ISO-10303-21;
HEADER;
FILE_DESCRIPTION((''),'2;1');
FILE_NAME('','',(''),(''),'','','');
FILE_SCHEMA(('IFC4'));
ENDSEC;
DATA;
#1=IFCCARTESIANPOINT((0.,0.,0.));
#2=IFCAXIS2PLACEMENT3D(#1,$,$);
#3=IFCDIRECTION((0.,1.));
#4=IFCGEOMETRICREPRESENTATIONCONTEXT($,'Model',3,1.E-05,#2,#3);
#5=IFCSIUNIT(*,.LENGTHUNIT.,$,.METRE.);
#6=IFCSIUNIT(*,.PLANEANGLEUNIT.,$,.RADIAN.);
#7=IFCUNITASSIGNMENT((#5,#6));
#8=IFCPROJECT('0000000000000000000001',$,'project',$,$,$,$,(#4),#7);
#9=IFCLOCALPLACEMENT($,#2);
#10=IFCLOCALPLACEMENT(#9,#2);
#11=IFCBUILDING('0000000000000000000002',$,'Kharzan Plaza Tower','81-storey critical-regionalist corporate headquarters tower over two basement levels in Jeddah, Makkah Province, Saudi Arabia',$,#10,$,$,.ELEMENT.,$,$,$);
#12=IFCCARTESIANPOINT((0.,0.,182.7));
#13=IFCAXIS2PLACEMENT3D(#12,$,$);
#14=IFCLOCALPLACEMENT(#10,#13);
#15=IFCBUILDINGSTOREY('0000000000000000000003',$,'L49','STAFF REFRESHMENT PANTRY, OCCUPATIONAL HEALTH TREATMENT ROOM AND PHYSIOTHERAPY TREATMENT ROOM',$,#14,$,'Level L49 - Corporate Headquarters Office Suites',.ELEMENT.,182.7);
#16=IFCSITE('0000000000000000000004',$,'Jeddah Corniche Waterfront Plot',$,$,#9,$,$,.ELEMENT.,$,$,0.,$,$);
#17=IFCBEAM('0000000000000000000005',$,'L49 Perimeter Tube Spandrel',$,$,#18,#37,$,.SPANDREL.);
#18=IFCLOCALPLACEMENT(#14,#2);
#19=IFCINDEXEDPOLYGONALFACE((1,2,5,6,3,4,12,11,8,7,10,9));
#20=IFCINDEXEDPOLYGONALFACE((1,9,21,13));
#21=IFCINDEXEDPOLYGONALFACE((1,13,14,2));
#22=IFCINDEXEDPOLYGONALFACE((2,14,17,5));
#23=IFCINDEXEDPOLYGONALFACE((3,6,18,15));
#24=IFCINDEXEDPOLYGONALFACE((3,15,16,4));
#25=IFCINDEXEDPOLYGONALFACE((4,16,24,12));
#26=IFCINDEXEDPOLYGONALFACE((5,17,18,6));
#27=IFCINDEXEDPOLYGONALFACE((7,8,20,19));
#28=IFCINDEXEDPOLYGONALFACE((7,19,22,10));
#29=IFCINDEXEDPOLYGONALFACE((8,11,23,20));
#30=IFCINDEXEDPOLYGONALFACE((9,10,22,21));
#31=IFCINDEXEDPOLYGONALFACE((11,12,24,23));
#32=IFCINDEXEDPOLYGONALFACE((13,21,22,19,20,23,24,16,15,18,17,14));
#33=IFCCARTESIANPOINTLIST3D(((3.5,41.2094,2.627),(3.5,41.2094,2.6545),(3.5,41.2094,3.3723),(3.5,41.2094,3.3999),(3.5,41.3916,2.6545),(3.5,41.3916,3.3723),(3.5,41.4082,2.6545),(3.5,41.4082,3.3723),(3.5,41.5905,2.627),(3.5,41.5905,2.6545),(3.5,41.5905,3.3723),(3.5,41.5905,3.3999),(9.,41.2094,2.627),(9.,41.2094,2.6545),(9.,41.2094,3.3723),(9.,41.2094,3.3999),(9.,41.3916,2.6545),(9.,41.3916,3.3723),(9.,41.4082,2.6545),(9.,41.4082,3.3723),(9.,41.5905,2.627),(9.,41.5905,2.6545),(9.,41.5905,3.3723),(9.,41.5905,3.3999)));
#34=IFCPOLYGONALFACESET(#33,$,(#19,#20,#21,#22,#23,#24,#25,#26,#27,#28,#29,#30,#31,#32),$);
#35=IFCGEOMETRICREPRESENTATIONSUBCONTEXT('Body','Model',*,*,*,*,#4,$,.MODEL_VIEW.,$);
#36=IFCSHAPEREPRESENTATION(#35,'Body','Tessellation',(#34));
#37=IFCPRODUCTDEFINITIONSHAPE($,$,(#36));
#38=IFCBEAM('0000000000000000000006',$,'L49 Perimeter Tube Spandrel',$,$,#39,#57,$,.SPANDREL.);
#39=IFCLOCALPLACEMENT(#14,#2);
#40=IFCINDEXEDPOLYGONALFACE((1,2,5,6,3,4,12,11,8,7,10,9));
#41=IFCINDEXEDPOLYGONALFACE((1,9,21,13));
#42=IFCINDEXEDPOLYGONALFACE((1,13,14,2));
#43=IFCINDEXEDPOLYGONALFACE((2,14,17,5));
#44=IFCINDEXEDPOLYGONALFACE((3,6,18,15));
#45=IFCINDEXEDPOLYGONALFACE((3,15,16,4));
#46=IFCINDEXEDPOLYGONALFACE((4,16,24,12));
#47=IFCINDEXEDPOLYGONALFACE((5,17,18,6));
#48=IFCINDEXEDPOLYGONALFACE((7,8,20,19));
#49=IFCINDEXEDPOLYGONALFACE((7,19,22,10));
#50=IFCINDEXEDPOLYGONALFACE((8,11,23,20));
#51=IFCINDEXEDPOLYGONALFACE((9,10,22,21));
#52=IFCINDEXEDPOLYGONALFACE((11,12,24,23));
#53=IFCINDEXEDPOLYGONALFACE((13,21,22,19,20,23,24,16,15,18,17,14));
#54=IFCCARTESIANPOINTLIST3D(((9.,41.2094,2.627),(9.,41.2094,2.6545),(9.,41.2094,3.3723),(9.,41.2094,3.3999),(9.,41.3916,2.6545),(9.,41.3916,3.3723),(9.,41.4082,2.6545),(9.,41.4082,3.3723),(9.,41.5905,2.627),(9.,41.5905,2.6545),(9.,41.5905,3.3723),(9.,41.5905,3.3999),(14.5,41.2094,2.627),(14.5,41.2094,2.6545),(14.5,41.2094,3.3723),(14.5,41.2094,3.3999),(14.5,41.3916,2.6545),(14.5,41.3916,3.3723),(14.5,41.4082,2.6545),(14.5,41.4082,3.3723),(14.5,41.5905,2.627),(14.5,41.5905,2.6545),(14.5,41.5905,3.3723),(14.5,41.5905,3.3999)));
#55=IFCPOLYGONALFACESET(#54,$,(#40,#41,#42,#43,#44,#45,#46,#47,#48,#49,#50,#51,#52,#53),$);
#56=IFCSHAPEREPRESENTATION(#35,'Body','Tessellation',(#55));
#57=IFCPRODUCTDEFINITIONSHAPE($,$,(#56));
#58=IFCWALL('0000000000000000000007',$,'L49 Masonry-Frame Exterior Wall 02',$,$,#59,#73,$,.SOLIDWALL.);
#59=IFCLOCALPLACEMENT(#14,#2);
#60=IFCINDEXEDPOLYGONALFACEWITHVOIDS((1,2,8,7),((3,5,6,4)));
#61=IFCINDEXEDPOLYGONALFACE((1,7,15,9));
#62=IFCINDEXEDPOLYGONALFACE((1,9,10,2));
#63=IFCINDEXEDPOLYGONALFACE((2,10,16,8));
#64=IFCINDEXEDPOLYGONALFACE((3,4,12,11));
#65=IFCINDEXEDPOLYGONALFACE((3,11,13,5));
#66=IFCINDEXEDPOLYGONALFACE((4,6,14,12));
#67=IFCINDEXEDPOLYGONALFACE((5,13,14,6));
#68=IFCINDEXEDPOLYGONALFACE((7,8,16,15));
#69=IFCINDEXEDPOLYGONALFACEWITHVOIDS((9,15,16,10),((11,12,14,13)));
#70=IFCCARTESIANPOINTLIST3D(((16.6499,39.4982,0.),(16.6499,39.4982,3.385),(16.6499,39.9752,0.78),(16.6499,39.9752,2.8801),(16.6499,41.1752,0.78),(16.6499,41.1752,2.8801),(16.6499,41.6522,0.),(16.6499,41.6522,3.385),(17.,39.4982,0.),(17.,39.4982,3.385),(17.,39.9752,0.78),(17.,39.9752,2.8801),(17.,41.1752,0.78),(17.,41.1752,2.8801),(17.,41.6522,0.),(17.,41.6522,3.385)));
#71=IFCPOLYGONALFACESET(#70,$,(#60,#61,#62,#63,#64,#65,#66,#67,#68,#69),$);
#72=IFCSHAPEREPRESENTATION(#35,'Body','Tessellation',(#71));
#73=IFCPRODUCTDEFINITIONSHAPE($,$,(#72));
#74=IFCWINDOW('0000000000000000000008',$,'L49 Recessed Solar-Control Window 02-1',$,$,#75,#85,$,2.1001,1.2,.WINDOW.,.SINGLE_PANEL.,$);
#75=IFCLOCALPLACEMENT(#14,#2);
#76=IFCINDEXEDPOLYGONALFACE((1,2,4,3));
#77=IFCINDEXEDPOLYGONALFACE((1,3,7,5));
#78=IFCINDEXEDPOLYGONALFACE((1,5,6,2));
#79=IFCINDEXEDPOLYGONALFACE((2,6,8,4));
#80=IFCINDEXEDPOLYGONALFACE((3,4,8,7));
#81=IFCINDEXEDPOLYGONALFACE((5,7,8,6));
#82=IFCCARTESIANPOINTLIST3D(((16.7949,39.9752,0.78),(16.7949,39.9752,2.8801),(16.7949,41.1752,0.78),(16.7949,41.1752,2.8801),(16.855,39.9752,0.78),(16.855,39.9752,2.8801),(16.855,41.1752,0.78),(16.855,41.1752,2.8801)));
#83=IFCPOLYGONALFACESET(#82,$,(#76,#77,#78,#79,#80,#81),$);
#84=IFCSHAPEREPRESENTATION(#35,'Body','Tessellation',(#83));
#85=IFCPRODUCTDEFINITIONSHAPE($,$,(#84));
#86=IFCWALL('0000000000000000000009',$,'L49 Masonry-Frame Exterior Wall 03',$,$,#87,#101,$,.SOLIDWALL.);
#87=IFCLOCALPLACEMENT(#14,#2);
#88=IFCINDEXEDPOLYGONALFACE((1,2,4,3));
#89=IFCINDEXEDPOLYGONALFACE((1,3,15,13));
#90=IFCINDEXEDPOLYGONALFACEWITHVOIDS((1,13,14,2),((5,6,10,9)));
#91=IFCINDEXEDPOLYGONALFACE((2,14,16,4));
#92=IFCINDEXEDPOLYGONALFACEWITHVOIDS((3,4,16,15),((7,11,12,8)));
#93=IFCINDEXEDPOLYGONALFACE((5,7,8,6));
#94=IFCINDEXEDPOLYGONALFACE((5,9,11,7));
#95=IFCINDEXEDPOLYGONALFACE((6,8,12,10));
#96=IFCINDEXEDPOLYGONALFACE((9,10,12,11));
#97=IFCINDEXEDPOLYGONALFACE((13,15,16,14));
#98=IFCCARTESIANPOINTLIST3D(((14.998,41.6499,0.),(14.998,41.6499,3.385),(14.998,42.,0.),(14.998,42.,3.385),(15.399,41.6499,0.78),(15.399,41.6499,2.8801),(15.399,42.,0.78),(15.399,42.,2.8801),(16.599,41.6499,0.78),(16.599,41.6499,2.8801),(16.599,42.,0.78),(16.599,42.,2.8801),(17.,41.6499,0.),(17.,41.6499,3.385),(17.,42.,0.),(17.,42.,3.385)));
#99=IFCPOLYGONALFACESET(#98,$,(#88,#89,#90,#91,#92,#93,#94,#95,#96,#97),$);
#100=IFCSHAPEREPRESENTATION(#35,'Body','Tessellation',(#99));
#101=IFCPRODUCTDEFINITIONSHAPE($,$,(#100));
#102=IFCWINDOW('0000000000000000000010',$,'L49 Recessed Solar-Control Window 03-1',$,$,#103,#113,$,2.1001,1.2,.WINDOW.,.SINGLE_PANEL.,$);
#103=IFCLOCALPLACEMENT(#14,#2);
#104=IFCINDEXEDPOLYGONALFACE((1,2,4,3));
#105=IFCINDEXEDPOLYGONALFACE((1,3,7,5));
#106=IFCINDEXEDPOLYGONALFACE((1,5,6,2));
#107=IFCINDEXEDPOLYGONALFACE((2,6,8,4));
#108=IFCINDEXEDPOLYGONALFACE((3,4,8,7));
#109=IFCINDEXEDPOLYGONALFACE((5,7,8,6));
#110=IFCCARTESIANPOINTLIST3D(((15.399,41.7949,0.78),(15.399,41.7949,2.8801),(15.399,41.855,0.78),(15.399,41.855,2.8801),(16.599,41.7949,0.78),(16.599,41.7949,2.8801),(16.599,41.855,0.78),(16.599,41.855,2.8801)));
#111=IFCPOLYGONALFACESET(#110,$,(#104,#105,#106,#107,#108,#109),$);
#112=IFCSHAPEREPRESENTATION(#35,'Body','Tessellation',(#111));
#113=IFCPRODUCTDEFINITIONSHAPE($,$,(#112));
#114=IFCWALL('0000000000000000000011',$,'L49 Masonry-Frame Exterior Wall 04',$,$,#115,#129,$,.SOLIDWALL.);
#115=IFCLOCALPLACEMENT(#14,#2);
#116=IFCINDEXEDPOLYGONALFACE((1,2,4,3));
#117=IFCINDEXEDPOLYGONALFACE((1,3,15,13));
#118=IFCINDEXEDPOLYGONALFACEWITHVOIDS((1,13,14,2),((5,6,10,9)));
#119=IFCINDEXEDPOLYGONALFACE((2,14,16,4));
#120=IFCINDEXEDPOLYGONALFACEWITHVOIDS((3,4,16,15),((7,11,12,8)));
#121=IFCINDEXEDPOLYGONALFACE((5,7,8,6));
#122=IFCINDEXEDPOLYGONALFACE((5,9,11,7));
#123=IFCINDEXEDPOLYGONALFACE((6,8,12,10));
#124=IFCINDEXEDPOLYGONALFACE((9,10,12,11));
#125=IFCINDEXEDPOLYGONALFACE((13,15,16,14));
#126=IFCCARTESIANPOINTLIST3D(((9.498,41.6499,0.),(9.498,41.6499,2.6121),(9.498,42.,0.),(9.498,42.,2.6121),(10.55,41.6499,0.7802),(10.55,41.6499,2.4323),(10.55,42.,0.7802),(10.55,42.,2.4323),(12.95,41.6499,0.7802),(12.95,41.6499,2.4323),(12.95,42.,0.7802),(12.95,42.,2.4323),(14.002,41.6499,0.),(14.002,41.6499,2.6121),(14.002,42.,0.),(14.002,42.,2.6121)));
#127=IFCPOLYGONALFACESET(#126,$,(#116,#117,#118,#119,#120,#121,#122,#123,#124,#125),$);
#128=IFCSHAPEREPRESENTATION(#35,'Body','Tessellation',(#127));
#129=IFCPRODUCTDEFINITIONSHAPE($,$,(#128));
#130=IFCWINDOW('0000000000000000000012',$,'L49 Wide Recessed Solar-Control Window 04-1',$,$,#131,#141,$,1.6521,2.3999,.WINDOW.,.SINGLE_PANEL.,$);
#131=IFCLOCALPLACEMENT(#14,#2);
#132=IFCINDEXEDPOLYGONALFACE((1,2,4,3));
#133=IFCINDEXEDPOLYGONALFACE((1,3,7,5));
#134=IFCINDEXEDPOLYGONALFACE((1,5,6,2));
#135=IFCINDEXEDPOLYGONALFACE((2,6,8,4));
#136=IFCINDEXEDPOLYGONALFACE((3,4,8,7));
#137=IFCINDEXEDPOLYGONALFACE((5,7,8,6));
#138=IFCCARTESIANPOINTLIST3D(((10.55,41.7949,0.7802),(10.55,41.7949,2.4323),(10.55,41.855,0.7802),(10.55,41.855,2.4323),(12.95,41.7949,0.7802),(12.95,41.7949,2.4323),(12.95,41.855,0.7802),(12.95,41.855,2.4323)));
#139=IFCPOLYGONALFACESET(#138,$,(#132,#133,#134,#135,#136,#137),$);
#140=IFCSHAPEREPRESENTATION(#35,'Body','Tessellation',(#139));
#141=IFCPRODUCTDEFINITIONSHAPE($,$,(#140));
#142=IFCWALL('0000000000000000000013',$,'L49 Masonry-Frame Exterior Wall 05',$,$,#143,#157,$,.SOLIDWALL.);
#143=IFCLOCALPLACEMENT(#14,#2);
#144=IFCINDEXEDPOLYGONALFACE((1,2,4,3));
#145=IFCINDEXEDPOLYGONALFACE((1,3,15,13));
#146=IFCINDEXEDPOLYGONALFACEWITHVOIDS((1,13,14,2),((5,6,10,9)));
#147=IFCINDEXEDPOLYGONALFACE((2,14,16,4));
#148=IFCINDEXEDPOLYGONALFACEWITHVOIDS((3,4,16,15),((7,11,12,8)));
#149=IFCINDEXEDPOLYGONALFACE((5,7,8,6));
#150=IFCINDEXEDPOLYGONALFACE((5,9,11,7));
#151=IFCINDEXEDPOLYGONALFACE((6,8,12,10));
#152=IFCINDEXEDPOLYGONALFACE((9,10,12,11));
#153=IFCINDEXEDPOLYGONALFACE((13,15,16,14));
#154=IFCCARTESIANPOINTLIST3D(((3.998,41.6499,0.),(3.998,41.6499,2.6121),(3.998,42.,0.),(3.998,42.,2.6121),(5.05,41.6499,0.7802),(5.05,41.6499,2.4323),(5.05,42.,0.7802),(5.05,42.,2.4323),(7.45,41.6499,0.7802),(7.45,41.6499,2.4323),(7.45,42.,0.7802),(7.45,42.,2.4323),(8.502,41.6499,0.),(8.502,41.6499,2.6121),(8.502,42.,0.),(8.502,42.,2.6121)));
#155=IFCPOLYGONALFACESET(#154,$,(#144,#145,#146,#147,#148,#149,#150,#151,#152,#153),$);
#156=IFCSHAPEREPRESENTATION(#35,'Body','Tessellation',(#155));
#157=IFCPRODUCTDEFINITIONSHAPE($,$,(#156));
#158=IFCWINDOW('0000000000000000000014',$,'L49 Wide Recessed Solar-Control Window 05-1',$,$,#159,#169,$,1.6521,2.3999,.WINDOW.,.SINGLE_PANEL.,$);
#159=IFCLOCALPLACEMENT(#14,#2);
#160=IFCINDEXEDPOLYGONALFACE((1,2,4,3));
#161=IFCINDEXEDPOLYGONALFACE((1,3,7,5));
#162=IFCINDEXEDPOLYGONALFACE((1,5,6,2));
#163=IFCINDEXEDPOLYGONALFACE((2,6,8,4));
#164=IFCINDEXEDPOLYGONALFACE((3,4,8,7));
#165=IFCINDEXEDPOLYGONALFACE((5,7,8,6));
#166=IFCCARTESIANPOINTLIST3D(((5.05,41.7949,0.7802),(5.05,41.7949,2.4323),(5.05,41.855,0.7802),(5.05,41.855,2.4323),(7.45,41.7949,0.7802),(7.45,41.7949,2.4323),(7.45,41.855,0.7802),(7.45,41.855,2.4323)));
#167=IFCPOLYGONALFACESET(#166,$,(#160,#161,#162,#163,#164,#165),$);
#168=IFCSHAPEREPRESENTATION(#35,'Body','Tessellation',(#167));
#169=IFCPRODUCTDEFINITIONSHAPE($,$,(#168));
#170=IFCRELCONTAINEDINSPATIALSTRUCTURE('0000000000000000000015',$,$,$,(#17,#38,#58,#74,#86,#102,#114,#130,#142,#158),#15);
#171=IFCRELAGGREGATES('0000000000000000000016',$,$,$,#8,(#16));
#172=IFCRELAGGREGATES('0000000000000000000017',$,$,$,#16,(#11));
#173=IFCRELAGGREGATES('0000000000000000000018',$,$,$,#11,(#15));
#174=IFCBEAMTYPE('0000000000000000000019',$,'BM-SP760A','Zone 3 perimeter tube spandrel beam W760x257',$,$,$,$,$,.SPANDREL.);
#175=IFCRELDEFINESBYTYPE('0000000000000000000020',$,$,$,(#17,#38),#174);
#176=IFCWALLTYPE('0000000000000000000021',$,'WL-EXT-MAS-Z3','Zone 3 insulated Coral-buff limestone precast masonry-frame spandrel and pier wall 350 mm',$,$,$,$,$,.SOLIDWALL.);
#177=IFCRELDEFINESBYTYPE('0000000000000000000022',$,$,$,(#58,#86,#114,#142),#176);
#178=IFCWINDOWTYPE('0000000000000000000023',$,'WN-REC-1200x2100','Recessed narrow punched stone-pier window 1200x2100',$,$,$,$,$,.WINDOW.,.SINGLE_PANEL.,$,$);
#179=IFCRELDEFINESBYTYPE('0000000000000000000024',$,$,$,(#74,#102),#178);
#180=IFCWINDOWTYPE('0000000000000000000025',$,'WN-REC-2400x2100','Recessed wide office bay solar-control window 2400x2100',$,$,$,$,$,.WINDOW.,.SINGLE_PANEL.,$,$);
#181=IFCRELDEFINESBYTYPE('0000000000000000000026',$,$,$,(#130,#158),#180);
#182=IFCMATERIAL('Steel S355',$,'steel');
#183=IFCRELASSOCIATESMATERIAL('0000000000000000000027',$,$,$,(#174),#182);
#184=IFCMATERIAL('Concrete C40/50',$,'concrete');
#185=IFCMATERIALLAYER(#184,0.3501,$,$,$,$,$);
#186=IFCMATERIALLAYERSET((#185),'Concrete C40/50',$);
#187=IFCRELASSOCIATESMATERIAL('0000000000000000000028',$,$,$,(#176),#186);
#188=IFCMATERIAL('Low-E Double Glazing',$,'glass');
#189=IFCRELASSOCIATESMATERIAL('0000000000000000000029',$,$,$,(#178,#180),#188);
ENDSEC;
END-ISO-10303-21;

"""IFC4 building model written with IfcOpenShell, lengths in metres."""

from ifc_helpers import new_model, si_unit, direction, frame, frame_2d, origin, origin_2d, place, context, subcontext, project, spatial, rectangle, i_section, extrude, source, transform, mapped, material, layer, layer_set, material_profile, profile_set, type_object, element, fill, save


model = new_model("IFC4")

# Units and contexts
model_context = context("Model", 3, precision=1e-05, world=origin(), true_north=direction((0.0, 1.0)))
body_context = subcontext(model_context, "Body", "Model", "MODEL_VIEW")
ifc_project = project(units=[si_unit("LENGTHUNIT", "METRE"), si_unit("PLANEANGLEUNIT", "RADIAN")], contexts=[model_context])

# Site, building, storey
site_placement = place(None, origin())
site = spatial("IfcSite", under=ifc_project, at=site_placement, Name="Jeddah Corniche Waterfront Plot", CompositionType="ELEMENT", RefElevation=0.0)
building_placement = place(site_placement, origin())
building = spatial("IfcBuilding", under=site, at=building_placement, Name="Kharzan Plaza Tower", Description="81-storey critical-regionalist corporate headquarters tower over two basement levels in Jeddah, Makkah Province, Saudi Arabia", CompositionType="ELEMENT")
storey_placement = place(building_placement, frame((0.0, 0.0, 182.7)))
storey = spatial("IfcBuildingStorey", under=building, at=storey_placement, Name="L49", Description="STAFF REFRESHMENT PANTRY, OCCUPATIONAL HEALTH TREATMENT ROOM AND PHYSIOTHERAPY TREATMENT ROOM", LongName="Level L49 - Corporate Headquarters Office Suites", CompositionType="ELEMENT", Elevation=182.7)

# Beams
ifc_material_1 = material(Name="Steel S355", Category="steel")
ifc_material_profile_1 = material_profile(ifc_material_1, i_section(OverallWidth=0.3811, OverallDepth=0.7729, WebThickness=0.0166, FlangeThickness=0.0276, at=origin_2d()), Name="W760x257")
ifc_profile_set_1 = profile_set([ifc_material_profile_1], Name="Steel S355")
beam_type_1 = type_object("IfcBeamType", Name="BM-SP760A", Description="Zone 3 perimeter tube spandrel beam W760x257", PredefinedType="SPANDREL", material=ifc_profile_set_1)
shared_shape_1 = source(origin(), body_context, "Body", "SweptSolid", [
    extrude(i_section(OverallWidth=0.3811, OverallDepth=0.7729, WebThickness=0.0166, FlangeThickness=0.0276, at=origin_2d()), origin(), (0.0, 0.0, 1.0), 5.5),
])
for number, where, z_axis, x_axis, name in (
    (1, (3.5, 41.3999, 3.0134), (1.0, 0.0, 0.0), (0.0, 1.0, 0.0), "L49 Perimeter Tube Spandrel"),
    (2, (9.0, 41.3999, 3.0134), (1.0, 0.0, 0.0), (0.0, 1.0, 0.0), "L49 Perimeter Tube Spandrel"),
):
    element("IfcBeam", number, at=place(storey_placement, frame(where, z_axis=z_axis, x_axis=x_axis)), inside=storey, type_object=beam_type_1, Name=name, PredefinedType="SPANDREL", context=body_context, shape_type="MappedRepresentation", body=[
        mapped(shared_shape_1, transform((0.0, 0.0, 0.0), x_axis=(1.0, 0.0, 0.0), y_axis=(0.0, 1.0, 0.0), z_axis=(0.0, 0.0, 1.0))),
    ])

# Walls, openings, windows
ifc_material_2 = material(Name="Concrete C40/50", Category="concrete")
ifc_layer_1 = layer(ifc_material_2, 0.3501)
ifc_layer_set_1 = layer_set([ifc_layer_1], Name="Concrete C40/50")
wall_type_1 = type_object("IfcWallType", Name="WL-EXT-MAS-Z3", Description="Zone 3 insulated Coral-buff limestone precast masonry-frame spandrel and pier wall 350 mm", PredefinedType="SOLIDWALL", material=ifc_layer_set_1)
wall_1_placement = place(storey_placement, frame((16.825, 39.498, 0.0), z_axis=(0.0, 0.0, 1.0), x_axis=(0.0, 1.0, 0.0)))
wall_1 = element("IfcWall", 3, at=wall_1_placement, inside=storey, type_object=wall_type_1, Name="L49 Masonry-Frame Exterior Wall 02", PredefinedType="SOLIDWALL", context=body_context, shape_type="SweptSolid", body=[
    extrude(rectangle(XDim=2.1541, YDim=0.3501, at=frame_2d((1.0771, 0.0))), origin(), (0.0, 0.0, 1.0), 3.385),
])
opening_1_placement = place(wall_1_placement, frame((0.4771, 0.0, 0.78)))
opening_1 = element("IfcOpeningElement", 4, at=opening_1_placement, cuts=wall_1, PredefinedType="OPENING", context=body_context, shape_type="SweptSolid", body=[
    extrude(rectangle(XDim=1.2, YDim=2.1001, at=frame_2d((0.6001, 1.05))), frame((0.0, 0.1851, 0.0), z_axis=(0.0, -1.0, 0.0), x_axis=(1.0, 0.0, 0.0)), (0.0, 0.0, 1.0), 0.3701),
])
ifc_material_3 = material(Name="Low-E Double Glazing", Category="glass")
window_type_1 = type_object("IfcWindowType", Name="WN-REC-1200x2100", Description="Recessed narrow punched stone-pier window 1200x2100", PartitioningType="SINGLE_PANEL", PredefinedType="WINDOW", material=ifc_material_3)
shared_shape_2 = source(origin(), body_context, "Body", "SweptSolid", [
    extrude(rectangle(XDim=1.2, YDim=2.1001, at=frame_2d((0.6001, 1.05))), frame((0.0, 0.03, 0.0), z_axis=(0.0, -1.0, 0.0), x_axis=(1.0, 0.0, 0.0)), (0.0, 0.0, 1.0), 0.0601),
])
window_1_placement = place(opening_1_placement, origin())
window_1 = element("IfcWindow", 5, at=window_1_placement, inside=storey, type_object=window_type_1, Name="L49 Recessed Solar-Control Window 02-1", OverallHeight=2.1001, OverallWidth=1.2, PartitioningType="SINGLE_PANEL", PredefinedType="WINDOW", context=body_context, shape_type="MappedRepresentation", body=[
    mapped(shared_shape_2, transform((0.0, 0.0, 0.0), x_axis=(1.0, 0.0, 0.0), y_axis=(0.0, 1.0, 0.0), z_axis=(0.0, 0.0, 1.0))),
])
fill(opening_1, window_1)
wall_2_placement = place(storey_placement, frame((17.0, 41.825, 0.0), z_axis=(0.0, 0.0, 1.0), x_axis=(-1.0, 0.0, 0.0)))
wall_2 = element("IfcWall", 6, at=wall_2_placement, inside=storey, type_object=wall_type_1, Name="L49 Masonry-Frame Exterior Wall 03", PredefinedType="SOLIDWALL", context=body_context, shape_type="SweptSolid", body=[
    extrude(rectangle(XDim=2.002, YDim=0.3501, at=frame_2d((1.001, 0.0))), origin(), (0.0, 0.0, 1.0), 3.385),
])
opening_2_placement = place(wall_2_placement, frame((0.4009, 0.0, 0.78)))
opening_2 = element("IfcOpeningElement", 7, at=opening_2_placement, cuts=wall_2, PredefinedType="OPENING", context=body_context, shape_type="SweptSolid", body=[
    extrude(rectangle(XDim=1.2, YDim=2.1001, at=frame_2d((0.6001, 1.05))), frame((0.0, 0.1851, 0.0), z_axis=(0.0, -1.0, 0.0), x_axis=(1.0, 0.0, 0.0)), (0.0, 0.0, 1.0), 0.3701),
])
window_2_placement = place(opening_2_placement, origin())
window_2 = element("IfcWindow", 8, at=window_2_placement, inside=storey, type_object=window_type_1, Name="L49 Recessed Solar-Control Window 03-1", OverallHeight=2.1001, OverallWidth=1.2, PartitioningType="SINGLE_PANEL", PredefinedType="WINDOW", context=body_context, shape_type="MappedRepresentation", body=[
    mapped(shared_shape_2, transform((0.0, 0.0, 0.0), x_axis=(1.0, 0.0, 0.0), y_axis=(0.0, 1.0, 0.0), z_axis=(0.0, 0.0, 1.0))),
])
fill(opening_2, window_2)
wall_3_placement = place(storey_placement, frame((14.002, 41.825, 0.0), z_axis=(0.0, 0.0, 1.0), x_axis=(-1.0, 0.0, 0.0)))
wall_3 = element("IfcWall", 9, at=wall_3_placement, inside=storey, type_object=wall_type_1, Name="L49 Masonry-Frame Exterior Wall 04", PredefinedType="SOLIDWALL", context=body_context, shape_type="SweptSolid", body=[
    extrude(rectangle(XDim=4.5039, YDim=0.3501, at=frame_2d((2.252, 0.0))), origin(), (0.0, 0.0, 1.0), 2.6121),
])
opening_3_placement = place(wall_3_placement, frame((1.052, 0.0, 0.78)))
opening_3 = element("IfcOpeningElement", 10, at=opening_3_placement, cuts=wall_3, PredefinedType="OPENING", context=body_context, shape_type="SweptSolid", body=[
    extrude(rectangle(XDim=2.3999, YDim=1.6521, at=frame_2d((1.2, 0.8262))), frame((0.0, 0.1851, 0.0), z_axis=(0.0, -1.0, 0.0), x_axis=(1.0, 0.0, 0.0)), (0.0, 0.0, 1.0), 0.3701),
])
window_type_2 = type_object("IfcWindowType", Name="WN-REC-2400x2100", Description="Recessed wide office bay solar-control window 2400x2100", PartitioningType="SINGLE_PANEL", PredefinedType="WINDOW", material=ifc_material_3)
shared_shape_3 = source(origin(), body_context, "Body", "SweptSolid", [
    extrude(rectangle(XDim=2.3999, YDim=1.6521, at=frame_2d((1.2, 0.8262))), frame((0.0, 0.03, 0.0), z_axis=(0.0, -1.0, 0.0), x_axis=(1.0, 0.0, 0.0)), (0.0, 0.0, 1.0), 0.0601),
])
window_3_placement = place(opening_3_placement, origin())
window_3 = element("IfcWindow", 11, at=window_3_placement, inside=storey, type_object=window_type_2, Name="L49 Wide Recessed Solar-Control Window 04-1", OverallHeight=1.6521, OverallWidth=2.3999, PartitioningType="SINGLE_PANEL", PredefinedType="WINDOW", context=body_context, shape_type="MappedRepresentation", body=[
    mapped(shared_shape_3, transform((0.0, 0.0, 0.0), x_axis=(1.0, 0.0, 0.0), y_axis=(0.0, 1.0, 0.0), z_axis=(0.0, 0.0, 1.0))),
])
fill(opening_3, window_3)
wall_4_placement = place(storey_placement, frame((8.502, 41.825, 0.0), z_axis=(0.0, 0.0, 1.0), x_axis=(-1.0, 0.0, 0.0)))
wall_4 = element("IfcWall", 12, at=wall_4_placement, inside=storey, type_object=wall_type_1, Name="L49 Masonry-Frame Exterior Wall 05", PredefinedType="SOLIDWALL", context=body_context, shape_type="SweptSolid", body=[
    extrude(rectangle(XDim=4.5039, YDim=0.3501, at=frame_2d((2.252, 0.0))), origin(), (0.0, 0.0, 1.0), 2.6121),
])
opening_4_placement = place(wall_4_placement, frame((1.052, 0.0, 0.78)))
opening_4 = element("IfcOpeningElement", 13, at=opening_4_placement, cuts=wall_4, PredefinedType="OPENING", context=body_context, shape_type="SweptSolid", body=[
    extrude(rectangle(XDim=2.3999, YDim=1.6521, at=frame_2d((1.2, 0.8262))), frame((0.0, 0.1851, 0.0), z_axis=(0.0, -1.0, 0.0), x_axis=(1.0, 0.0, 0.0)), (0.0, 0.0, 1.0), 0.3701),
])
window_4_placement = place(opening_4_placement, origin())
window_4 = element("IfcWindow", 14, at=window_4_placement, inside=storey, type_object=window_type_2, Name="L49 Wide Recessed Solar-Control Window 05-1", OverallHeight=1.6521, OverallWidth=2.3999, PartitioningType="SINGLE_PANEL", PredefinedType="WINDOW", context=body_context, shape_type="MappedRepresentation", body=[
    mapped(shared_shape_3, transform((0.0, 0.0, 0.0), x_axis=(1.0, 0.0, 0.0), y_axis=(0.0, 1.0, 0.0), z_axis=(0.0, 0.0, 1.0))),
])
fill(opening_4, window_4)

save(model, "model.ifc")
